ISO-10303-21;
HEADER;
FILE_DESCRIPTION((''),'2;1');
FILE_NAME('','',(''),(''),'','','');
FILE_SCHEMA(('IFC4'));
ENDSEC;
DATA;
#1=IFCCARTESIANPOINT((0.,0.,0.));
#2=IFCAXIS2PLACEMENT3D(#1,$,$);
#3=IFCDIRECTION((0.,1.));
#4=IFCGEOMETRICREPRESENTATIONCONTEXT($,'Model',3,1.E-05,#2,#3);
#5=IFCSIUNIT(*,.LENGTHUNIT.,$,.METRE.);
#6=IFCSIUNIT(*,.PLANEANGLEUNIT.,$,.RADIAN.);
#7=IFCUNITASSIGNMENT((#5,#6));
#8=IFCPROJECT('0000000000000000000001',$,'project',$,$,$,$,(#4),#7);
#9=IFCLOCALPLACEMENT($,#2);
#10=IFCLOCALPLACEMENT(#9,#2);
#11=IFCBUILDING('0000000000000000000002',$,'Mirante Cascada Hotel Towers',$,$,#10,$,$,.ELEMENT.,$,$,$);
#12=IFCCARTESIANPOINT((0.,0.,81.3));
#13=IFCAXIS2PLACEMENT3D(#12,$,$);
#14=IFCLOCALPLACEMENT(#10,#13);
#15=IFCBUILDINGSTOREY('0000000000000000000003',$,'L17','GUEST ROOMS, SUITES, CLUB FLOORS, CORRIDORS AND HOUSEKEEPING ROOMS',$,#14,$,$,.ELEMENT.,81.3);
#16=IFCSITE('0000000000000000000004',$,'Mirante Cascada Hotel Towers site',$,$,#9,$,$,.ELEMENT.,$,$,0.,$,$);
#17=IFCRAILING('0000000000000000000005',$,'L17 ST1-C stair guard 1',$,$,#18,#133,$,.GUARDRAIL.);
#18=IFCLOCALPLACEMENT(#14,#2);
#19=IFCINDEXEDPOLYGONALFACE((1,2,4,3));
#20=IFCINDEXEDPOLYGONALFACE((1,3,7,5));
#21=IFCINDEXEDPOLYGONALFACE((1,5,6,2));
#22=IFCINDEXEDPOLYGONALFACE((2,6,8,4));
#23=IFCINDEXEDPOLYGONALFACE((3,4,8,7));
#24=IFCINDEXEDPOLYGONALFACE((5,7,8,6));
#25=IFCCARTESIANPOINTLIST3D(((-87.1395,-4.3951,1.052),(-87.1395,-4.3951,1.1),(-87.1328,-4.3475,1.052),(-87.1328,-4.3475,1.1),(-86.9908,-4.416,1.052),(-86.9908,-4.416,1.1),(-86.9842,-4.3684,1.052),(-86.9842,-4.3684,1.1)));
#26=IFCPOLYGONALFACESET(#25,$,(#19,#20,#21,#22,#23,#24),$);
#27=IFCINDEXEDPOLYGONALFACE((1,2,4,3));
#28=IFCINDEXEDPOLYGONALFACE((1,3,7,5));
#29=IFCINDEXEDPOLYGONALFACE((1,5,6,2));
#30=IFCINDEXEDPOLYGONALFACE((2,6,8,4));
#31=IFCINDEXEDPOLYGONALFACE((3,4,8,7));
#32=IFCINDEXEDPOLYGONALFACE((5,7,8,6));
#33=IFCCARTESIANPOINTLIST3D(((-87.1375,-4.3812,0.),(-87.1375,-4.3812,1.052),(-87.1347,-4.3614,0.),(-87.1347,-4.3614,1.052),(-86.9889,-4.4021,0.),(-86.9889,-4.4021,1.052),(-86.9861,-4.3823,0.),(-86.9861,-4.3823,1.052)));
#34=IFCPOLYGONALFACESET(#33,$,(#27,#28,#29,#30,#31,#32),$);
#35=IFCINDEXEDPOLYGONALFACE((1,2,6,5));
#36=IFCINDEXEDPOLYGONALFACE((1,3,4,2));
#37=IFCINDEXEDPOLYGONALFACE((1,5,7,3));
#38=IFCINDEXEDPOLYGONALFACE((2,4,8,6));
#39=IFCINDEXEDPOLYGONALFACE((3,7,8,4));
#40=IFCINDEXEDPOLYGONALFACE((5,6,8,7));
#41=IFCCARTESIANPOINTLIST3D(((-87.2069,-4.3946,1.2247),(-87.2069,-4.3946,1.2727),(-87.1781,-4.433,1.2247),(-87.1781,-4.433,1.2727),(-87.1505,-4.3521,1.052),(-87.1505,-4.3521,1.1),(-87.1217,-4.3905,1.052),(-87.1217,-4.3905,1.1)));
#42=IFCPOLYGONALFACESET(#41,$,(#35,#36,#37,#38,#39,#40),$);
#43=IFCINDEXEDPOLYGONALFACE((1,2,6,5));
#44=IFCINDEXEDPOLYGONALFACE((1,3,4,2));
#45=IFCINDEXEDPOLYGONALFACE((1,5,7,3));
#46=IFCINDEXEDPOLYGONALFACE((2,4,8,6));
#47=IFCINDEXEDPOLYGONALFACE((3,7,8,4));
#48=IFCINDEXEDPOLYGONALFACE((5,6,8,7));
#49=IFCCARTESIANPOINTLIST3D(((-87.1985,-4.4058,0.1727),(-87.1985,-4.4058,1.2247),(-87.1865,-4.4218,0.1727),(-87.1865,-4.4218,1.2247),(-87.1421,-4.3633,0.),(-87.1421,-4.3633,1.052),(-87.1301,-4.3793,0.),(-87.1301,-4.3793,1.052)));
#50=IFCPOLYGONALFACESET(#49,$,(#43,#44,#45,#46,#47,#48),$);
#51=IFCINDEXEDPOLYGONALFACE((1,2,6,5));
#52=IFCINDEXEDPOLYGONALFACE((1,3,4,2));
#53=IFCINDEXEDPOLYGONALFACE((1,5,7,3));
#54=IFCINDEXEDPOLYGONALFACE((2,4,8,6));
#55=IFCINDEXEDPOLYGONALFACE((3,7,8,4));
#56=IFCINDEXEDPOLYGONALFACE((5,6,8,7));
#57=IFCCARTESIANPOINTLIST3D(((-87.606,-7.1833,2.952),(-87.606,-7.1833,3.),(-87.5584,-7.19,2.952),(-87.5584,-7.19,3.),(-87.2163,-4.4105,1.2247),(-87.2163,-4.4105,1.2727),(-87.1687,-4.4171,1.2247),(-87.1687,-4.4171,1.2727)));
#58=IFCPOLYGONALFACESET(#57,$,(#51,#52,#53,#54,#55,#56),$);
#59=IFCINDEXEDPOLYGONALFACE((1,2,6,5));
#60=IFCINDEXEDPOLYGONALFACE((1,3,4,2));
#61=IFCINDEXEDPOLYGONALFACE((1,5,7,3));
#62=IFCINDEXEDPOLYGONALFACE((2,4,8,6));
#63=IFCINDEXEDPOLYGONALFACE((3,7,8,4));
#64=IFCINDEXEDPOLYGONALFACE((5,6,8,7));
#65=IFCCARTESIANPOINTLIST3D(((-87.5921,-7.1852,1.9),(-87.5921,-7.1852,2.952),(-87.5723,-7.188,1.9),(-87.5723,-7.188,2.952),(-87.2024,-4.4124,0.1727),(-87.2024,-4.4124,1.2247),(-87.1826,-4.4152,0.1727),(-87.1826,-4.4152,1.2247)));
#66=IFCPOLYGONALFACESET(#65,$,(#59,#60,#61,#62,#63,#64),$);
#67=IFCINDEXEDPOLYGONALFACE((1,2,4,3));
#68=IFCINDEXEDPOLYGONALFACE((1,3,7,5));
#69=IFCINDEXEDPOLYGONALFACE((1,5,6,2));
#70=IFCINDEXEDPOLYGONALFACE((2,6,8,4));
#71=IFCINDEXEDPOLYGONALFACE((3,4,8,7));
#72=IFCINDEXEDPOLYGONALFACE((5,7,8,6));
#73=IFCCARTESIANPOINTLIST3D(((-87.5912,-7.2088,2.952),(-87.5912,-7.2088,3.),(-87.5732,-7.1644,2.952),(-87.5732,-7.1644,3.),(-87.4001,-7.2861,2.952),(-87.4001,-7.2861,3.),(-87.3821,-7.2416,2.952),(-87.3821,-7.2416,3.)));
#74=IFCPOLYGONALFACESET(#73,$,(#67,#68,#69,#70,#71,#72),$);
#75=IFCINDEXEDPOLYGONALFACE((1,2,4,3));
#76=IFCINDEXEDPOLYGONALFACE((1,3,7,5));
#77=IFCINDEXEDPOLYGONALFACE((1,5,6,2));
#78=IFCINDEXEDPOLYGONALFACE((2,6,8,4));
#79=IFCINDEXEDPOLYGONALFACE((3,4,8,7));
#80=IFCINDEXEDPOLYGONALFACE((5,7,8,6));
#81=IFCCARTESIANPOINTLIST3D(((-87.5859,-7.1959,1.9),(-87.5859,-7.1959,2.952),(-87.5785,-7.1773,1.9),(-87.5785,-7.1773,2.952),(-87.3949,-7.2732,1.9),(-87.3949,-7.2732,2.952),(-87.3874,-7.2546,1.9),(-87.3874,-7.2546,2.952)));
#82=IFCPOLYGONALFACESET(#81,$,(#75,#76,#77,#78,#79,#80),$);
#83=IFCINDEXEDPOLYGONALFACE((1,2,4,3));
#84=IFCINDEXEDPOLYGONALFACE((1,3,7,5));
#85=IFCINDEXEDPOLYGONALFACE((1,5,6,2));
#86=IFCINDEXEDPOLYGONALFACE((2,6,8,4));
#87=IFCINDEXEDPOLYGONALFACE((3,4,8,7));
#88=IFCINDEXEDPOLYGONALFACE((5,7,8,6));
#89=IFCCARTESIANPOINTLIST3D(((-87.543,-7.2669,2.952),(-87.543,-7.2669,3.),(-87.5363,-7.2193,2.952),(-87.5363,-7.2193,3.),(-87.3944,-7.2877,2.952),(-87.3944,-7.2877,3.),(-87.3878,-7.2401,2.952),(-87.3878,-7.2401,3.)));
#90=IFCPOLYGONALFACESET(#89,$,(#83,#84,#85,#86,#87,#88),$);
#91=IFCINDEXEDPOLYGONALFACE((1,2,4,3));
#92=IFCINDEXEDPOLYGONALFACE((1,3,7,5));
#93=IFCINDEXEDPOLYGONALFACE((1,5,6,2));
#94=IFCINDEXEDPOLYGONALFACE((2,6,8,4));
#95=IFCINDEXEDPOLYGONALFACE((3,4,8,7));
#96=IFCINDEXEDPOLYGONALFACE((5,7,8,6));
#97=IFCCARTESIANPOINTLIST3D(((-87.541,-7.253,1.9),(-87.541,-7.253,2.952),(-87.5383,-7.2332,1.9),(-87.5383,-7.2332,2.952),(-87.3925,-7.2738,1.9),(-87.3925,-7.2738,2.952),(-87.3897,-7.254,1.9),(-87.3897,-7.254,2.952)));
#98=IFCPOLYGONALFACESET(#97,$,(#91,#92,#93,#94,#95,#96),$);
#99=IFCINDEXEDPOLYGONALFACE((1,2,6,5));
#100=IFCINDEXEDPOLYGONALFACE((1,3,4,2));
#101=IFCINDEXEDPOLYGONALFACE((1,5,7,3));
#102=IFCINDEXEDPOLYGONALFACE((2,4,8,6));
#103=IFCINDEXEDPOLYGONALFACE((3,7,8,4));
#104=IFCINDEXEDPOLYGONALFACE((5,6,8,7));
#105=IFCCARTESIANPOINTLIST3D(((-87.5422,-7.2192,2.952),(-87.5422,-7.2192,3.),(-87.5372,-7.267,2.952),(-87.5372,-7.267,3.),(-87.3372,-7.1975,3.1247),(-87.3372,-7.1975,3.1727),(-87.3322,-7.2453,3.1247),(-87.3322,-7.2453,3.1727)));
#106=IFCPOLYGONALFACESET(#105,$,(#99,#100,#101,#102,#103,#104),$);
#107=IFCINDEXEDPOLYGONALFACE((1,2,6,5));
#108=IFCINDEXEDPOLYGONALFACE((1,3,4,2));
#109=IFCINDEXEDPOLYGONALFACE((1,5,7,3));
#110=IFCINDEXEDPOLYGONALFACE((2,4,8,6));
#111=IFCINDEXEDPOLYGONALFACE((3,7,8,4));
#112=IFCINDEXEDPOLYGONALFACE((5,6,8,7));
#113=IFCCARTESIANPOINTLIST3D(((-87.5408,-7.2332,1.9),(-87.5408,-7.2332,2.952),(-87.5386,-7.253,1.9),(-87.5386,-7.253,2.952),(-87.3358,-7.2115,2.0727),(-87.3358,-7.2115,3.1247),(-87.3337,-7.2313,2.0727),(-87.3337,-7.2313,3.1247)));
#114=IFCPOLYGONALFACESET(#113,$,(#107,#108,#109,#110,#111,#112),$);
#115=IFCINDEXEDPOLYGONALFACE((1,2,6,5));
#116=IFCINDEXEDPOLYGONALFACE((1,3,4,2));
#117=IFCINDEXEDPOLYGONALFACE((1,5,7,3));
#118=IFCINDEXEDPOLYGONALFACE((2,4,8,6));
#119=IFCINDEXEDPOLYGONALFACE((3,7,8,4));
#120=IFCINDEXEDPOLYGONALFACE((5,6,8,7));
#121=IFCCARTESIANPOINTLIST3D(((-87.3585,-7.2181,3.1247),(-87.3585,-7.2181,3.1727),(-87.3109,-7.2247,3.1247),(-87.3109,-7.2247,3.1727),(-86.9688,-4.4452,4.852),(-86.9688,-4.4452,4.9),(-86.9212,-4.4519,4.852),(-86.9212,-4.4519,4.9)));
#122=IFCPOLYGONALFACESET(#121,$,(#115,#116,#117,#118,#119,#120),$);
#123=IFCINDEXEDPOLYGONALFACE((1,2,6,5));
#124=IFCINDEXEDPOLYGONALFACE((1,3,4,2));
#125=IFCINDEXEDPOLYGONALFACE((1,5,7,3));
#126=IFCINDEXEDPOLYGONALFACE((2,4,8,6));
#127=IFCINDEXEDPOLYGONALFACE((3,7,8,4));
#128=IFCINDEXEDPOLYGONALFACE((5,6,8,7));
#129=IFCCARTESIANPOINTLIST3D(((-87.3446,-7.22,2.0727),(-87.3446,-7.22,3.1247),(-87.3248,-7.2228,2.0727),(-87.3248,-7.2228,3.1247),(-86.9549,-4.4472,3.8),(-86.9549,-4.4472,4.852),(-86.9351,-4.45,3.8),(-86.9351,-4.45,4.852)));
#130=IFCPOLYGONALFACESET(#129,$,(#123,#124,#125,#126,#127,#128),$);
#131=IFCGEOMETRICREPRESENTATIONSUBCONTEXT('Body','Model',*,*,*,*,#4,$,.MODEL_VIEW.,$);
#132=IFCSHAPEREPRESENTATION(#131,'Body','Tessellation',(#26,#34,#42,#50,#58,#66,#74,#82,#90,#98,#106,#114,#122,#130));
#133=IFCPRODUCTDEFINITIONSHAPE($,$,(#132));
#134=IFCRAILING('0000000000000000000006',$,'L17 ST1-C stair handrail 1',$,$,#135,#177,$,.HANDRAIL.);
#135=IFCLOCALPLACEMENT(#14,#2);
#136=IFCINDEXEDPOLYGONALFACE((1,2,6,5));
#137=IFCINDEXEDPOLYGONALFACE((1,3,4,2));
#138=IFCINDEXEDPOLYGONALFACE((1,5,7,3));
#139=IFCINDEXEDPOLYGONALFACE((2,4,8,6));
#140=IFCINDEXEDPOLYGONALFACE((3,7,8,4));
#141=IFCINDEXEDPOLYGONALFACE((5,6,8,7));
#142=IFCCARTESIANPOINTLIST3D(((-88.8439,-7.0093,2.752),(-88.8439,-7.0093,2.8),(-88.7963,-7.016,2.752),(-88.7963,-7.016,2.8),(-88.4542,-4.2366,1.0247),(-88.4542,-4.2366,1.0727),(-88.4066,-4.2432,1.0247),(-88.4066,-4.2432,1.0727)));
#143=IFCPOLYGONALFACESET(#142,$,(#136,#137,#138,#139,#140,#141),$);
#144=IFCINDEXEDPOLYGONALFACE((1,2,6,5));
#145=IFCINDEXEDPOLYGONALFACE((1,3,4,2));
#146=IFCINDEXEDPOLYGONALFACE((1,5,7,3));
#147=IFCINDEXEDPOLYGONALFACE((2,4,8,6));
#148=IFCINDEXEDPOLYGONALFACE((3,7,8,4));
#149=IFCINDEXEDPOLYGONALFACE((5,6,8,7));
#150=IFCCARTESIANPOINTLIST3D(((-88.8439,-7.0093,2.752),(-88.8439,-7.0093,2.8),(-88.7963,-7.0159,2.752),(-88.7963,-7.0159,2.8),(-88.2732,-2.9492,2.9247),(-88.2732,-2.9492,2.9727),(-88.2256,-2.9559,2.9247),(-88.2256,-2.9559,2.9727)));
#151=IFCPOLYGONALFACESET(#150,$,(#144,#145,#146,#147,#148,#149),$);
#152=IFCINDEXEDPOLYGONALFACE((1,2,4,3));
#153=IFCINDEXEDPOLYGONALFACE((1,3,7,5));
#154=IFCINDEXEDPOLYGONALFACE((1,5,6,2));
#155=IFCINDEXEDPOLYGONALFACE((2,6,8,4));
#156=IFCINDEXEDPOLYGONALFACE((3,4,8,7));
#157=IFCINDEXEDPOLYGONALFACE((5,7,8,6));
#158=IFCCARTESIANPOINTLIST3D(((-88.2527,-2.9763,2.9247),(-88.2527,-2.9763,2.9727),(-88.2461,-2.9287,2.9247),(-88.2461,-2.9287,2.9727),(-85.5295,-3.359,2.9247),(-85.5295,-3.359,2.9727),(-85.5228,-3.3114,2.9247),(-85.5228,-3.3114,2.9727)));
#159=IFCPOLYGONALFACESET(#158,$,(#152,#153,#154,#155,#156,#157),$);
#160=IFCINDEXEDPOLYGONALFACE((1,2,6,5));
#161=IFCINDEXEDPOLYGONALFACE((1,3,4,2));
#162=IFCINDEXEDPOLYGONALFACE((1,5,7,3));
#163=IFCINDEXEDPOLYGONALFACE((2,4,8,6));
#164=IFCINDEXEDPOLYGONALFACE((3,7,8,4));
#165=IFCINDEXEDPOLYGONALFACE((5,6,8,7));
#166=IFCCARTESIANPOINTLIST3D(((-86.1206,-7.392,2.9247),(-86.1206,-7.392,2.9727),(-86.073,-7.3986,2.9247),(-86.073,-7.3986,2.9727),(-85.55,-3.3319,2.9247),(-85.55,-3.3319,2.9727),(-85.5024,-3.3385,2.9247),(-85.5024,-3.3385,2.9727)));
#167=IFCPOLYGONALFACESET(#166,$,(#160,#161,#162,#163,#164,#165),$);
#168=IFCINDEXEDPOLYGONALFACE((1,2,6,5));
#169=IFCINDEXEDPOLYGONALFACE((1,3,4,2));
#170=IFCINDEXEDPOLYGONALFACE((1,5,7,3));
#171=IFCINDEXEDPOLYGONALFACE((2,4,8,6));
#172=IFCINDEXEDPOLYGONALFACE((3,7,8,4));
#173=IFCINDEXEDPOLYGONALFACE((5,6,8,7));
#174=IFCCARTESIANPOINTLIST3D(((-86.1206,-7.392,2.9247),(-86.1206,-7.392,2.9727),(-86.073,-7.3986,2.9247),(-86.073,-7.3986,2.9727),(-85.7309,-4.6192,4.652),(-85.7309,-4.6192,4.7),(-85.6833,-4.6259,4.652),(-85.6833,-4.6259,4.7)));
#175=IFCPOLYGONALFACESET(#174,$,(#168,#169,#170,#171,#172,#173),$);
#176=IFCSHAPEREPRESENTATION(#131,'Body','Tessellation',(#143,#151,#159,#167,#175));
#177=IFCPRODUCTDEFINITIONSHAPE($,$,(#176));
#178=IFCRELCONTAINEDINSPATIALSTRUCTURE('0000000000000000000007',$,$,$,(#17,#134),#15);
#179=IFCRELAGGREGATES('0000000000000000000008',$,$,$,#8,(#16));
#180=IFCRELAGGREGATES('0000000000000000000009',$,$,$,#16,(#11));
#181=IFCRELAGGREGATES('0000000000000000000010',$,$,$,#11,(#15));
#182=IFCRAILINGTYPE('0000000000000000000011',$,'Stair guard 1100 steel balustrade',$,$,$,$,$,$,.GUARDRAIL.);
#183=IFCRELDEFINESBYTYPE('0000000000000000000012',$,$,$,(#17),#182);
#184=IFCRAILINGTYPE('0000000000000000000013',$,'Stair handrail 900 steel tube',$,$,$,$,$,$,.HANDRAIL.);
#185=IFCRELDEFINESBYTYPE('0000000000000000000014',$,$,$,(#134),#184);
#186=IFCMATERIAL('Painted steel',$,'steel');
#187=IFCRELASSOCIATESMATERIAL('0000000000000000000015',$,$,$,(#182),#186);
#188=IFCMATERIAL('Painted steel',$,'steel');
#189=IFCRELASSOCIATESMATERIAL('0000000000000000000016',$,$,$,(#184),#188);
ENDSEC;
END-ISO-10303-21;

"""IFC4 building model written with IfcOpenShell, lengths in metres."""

from ifc_helpers import new_model, si_unit, direction, frame, origin, origin_2d, place, context, subcontext, project, spatial, rectangle, extrude, material, type_object, element, save


model = new_model("IFC4")

# Units and contexts
model_context = context("Model", 3, precision=1e-05, world=origin(), true_north=direction((0.0, 1.0)))
body_context = subcontext(model_context, "Body", "Model", "MODEL_VIEW")
ifc_project = project(units=[si_unit("LENGTHUNIT", "METRE"), si_unit("PLANEANGLEUNIT", "RADIAN")], contexts=[model_context])

# Site, building, storey
site_placement = place(None, origin())
site = spatial("IfcSite", under=ifc_project, at=site_placement, Name="Mirante Cascada Hotel Towers site", CompositionType="ELEMENT", RefElevation=0.0)
building_placement = place(site_placement, origin())
building = spatial("IfcBuilding", under=site, at=building_placement, Name="Mirante Cascada Hotel Towers", CompositionType="ELEMENT")
storey_placement = place(building_placement, frame((0.0, 0.0, 81.3)))
storey = spatial("IfcBuildingStorey", under=building, at=storey_placement, Name="L17", Description="GUEST ROOMS, SUITES, CLUB FLOORS, CORRIDORS AND HOUSEKEEPING ROOMS", CompositionType="ELEMENT", Elevation=81.3)

# Railings
ifc_material_1 = material(Name="Painted steel", Category="steel")
railing_type_1 = type_object("IfcRailingType", Name="Stair guard 1100 steel balustrade", PredefinedType="GUARDRAIL", material=ifc_material_1)
railing_1_placement = place(storey_placement, frame((-86.9875, -4.3922, 0.0)))
element("IfcRailing", 1, at=railing_1_placement, inside=storey, type_object=railing_type_1, Name="L17 ST1-C stair guard 1", PredefinedType="GUARDRAIL", context=body_context, shape_type="SweptSolid", body=[
    extrude(rectangle(XDim=0.048, YDim=0.048, at=origin_2d()), frame((0.0, 0.0, 1.076), z_axis=(-0.990254, 0.139275, 0.0), x_axis=(-0.139275, -0.990254, 0.0)), (0.0, 0.0, 1.0), 0.1501),
    extrude(rectangle(XDim=0.02, YDim=1.052, at=origin_2d()), frame((0.0, 0.0, 0.526), z_axis=(-0.990254, 0.139275, 0.0), x_axis=(-0.139275, -0.990254, 0.0)), (0.0, 0.0, 1.0), 0.1501),
    extrude(rectangle(XDim=0.048, YDim=0.048, at=origin_2d()), frame((-0.1486, 0.0209, 1.076), z_axis=(-0.798639, -0.601811, 0.0), x_axis=(0.601811, -0.798639, 0.0)), (0.0, 0.925603, 0.378496), 0.1866),
    extrude(rectangle(XDim=0.02, YDim=1.052, at=origin_2d()), frame((-0.1486, 0.0209, 0.526), z_axis=(-0.798639, -0.601811, 0.0), x_axis=(0.601811, -0.798639, 0.0)), (0.0, 0.925603, 0.378496), 0.1866),
    extrude(rectangle(XDim=0.048, YDim=0.048, at=origin_2d()), frame((-0.205, -0.0216, 1.2487), z_axis=(-0.139176, -0.990268, 0.0), x_axis=(0.990268, -0.139176, 0.0)), (0.0, 0.525021, 0.851089), 3.29),
    extrude(rectangle(XDim=0.02, YDim=1.052, at=origin_2d()), frame((-0.205, -0.0216, 0.6987), z_axis=(-0.139176, -0.990268, 0.0), x_axis=(0.990268, -0.139176, 0.0)), (0.0, 0.525021, 0.851089), 3.29),
    extrude(rectangle(XDim=0.048, YDim=0.048, at=origin_2d()), frame((-0.5947, -2.7944, 2.976), z_axis=(0.927031, -0.374984, 0.0), x_axis=(0.374984, 0.927031, 0.0)), (0.0, 0.0, 1.0), 0.2061),
    extrude(rectangle(XDim=0.02, YDim=1.052, at=origin_2d()), frame((-0.5947, -2.7944, 2.426), z_axis=(0.927031, -0.374984, 0.0), x_axis=(0.374984, 0.927031, 0.0)), (0.0, 0.0, 1.0), 0.2061),
    extrude(rectangle(XDim=0.048, YDim=0.048, at=origin_2d()), frame((-0.4036, -2.8717, 2.976), z_axis=(-0.990345, 0.138622, 0.0), x_axis=(-0.138622, -0.990345, 0.0)), (0.0, 0.0, 1.0), 0.15),
    extrude(rectangle(XDim=0.02, YDim=1.052, at=origin_2d()), frame((-0.4036, -2.8717, 2.426), z_axis=(-0.990345, 0.138622, 0.0), x_axis=(-0.138622, -0.990345, 0.0)), (0.0, 0.0, 1.0), 0.15),
    extrude(rectangle(XDim=0.048, YDim=0.048, at=origin_2d()), frame((-0.5522, -2.8509, 2.976), z_axis=(0.994444, 0.105266, 0.0), x_axis=(-0.105266, 0.994444, 0.0)), (0.0, 0.642184, 0.76655), 0.2689),
    extrude(rectangle(XDim=0.02, YDim=1.052, at=origin_2d()), frame((-0.5522, -2.8509, 2.426), z_axis=(0.994444, 0.105266, 0.0), x_axis=(-0.105266, 0.994444, 0.0)), (0.0, 0.642184, 0.76655), 0.2689),
    extrude(rectangle(XDim=0.048, YDim=0.048, at=origin_2d()), frame((-0.3472, -2.8292, 3.1487), z_axis=(0.139176, 0.990268, 0.0), x_axis=(-0.990268, 0.139176, 0.0)), (0.0, 0.525021, 0.851089), 3.29),
    extrude(rectangle(XDim=0.02, YDim=1.052, at=origin_2d()), frame((-0.3472, -2.8292, 2.5987), z_axis=(0.139176, 0.990268, 0.0), x_axis=(-0.990268, 0.139176, 0.0)), (0.0, 0.525021, 0.851089), 3.29),
])
ifc_material_2 = material(Name="Painted steel", Category="steel")
railing_type_2 = type_object("IfcRailingType", Name="Stair handrail 900 steel tube", PredefinedType="HANDRAIL", material=ifc_material_2)
railing_2_placement = place(storey_placement, frame((-88.4304, -4.2399, 0.1727)))
element("IfcRailing", 2, at=railing_2_placement, inside=storey, type_object=railing_type_2, Name="L17 ST1-C stair handrail 1", PredefinedType="HANDRAIL", context=body_context, shape_type="SweptSolid", body=[
    extrude(rectangle(XDim=0.048, YDim=0.048, at=origin_2d()), frame((0.0, 0.0, 0.876), z_axis=(-0.139181, -0.990267, 0.0), x_axis=(0.990267, -0.139181, 0.0)), (0.0, 0.525035, 0.851081), 3.2899),
    extrude(rectangle(XDim=0.048, YDim=0.048, at=origin_2d()), frame((-0.3897, -2.7727, 2.6033), z_axis=(0.139195, 0.990265, 0.0), x_axis=(-0.990265, 0.139195, 0.0)), (0.0, 0.042084, 0.999114), 4.1036),
    extrude(rectangle(XDim=0.048, YDim=0.048, at=origin_2d()), frame((0.181, 1.2874, 2.776), z_axis=(0.990269, -0.139166, 0.0), x_axis=(0.139166, 0.990269, 0.0)), (0.0, 0.0, 1.0), 2.75),
    extrude(rectangle(XDim=0.048, YDim=0.048, at=origin_2d()), frame((2.9042, 0.9047, 2.776), z_axis=(-0.139171, -0.990268, 0.0), x_axis=(0.990268, -0.139171, 0.0)), (0.0, 0.0, 1.0), 4.1),
    extrude(rectangle(XDim=0.048, YDim=0.048, at=origin_2d()), frame((2.3336, -3.1554, 2.776), z_axis=(0.139181, 0.990267, 0.0), x_axis=(-0.990267, 0.139181, 0.0)), (0.0, 0.525035, 0.851081), 3.2899),
])

save(model, "model.ifc")
